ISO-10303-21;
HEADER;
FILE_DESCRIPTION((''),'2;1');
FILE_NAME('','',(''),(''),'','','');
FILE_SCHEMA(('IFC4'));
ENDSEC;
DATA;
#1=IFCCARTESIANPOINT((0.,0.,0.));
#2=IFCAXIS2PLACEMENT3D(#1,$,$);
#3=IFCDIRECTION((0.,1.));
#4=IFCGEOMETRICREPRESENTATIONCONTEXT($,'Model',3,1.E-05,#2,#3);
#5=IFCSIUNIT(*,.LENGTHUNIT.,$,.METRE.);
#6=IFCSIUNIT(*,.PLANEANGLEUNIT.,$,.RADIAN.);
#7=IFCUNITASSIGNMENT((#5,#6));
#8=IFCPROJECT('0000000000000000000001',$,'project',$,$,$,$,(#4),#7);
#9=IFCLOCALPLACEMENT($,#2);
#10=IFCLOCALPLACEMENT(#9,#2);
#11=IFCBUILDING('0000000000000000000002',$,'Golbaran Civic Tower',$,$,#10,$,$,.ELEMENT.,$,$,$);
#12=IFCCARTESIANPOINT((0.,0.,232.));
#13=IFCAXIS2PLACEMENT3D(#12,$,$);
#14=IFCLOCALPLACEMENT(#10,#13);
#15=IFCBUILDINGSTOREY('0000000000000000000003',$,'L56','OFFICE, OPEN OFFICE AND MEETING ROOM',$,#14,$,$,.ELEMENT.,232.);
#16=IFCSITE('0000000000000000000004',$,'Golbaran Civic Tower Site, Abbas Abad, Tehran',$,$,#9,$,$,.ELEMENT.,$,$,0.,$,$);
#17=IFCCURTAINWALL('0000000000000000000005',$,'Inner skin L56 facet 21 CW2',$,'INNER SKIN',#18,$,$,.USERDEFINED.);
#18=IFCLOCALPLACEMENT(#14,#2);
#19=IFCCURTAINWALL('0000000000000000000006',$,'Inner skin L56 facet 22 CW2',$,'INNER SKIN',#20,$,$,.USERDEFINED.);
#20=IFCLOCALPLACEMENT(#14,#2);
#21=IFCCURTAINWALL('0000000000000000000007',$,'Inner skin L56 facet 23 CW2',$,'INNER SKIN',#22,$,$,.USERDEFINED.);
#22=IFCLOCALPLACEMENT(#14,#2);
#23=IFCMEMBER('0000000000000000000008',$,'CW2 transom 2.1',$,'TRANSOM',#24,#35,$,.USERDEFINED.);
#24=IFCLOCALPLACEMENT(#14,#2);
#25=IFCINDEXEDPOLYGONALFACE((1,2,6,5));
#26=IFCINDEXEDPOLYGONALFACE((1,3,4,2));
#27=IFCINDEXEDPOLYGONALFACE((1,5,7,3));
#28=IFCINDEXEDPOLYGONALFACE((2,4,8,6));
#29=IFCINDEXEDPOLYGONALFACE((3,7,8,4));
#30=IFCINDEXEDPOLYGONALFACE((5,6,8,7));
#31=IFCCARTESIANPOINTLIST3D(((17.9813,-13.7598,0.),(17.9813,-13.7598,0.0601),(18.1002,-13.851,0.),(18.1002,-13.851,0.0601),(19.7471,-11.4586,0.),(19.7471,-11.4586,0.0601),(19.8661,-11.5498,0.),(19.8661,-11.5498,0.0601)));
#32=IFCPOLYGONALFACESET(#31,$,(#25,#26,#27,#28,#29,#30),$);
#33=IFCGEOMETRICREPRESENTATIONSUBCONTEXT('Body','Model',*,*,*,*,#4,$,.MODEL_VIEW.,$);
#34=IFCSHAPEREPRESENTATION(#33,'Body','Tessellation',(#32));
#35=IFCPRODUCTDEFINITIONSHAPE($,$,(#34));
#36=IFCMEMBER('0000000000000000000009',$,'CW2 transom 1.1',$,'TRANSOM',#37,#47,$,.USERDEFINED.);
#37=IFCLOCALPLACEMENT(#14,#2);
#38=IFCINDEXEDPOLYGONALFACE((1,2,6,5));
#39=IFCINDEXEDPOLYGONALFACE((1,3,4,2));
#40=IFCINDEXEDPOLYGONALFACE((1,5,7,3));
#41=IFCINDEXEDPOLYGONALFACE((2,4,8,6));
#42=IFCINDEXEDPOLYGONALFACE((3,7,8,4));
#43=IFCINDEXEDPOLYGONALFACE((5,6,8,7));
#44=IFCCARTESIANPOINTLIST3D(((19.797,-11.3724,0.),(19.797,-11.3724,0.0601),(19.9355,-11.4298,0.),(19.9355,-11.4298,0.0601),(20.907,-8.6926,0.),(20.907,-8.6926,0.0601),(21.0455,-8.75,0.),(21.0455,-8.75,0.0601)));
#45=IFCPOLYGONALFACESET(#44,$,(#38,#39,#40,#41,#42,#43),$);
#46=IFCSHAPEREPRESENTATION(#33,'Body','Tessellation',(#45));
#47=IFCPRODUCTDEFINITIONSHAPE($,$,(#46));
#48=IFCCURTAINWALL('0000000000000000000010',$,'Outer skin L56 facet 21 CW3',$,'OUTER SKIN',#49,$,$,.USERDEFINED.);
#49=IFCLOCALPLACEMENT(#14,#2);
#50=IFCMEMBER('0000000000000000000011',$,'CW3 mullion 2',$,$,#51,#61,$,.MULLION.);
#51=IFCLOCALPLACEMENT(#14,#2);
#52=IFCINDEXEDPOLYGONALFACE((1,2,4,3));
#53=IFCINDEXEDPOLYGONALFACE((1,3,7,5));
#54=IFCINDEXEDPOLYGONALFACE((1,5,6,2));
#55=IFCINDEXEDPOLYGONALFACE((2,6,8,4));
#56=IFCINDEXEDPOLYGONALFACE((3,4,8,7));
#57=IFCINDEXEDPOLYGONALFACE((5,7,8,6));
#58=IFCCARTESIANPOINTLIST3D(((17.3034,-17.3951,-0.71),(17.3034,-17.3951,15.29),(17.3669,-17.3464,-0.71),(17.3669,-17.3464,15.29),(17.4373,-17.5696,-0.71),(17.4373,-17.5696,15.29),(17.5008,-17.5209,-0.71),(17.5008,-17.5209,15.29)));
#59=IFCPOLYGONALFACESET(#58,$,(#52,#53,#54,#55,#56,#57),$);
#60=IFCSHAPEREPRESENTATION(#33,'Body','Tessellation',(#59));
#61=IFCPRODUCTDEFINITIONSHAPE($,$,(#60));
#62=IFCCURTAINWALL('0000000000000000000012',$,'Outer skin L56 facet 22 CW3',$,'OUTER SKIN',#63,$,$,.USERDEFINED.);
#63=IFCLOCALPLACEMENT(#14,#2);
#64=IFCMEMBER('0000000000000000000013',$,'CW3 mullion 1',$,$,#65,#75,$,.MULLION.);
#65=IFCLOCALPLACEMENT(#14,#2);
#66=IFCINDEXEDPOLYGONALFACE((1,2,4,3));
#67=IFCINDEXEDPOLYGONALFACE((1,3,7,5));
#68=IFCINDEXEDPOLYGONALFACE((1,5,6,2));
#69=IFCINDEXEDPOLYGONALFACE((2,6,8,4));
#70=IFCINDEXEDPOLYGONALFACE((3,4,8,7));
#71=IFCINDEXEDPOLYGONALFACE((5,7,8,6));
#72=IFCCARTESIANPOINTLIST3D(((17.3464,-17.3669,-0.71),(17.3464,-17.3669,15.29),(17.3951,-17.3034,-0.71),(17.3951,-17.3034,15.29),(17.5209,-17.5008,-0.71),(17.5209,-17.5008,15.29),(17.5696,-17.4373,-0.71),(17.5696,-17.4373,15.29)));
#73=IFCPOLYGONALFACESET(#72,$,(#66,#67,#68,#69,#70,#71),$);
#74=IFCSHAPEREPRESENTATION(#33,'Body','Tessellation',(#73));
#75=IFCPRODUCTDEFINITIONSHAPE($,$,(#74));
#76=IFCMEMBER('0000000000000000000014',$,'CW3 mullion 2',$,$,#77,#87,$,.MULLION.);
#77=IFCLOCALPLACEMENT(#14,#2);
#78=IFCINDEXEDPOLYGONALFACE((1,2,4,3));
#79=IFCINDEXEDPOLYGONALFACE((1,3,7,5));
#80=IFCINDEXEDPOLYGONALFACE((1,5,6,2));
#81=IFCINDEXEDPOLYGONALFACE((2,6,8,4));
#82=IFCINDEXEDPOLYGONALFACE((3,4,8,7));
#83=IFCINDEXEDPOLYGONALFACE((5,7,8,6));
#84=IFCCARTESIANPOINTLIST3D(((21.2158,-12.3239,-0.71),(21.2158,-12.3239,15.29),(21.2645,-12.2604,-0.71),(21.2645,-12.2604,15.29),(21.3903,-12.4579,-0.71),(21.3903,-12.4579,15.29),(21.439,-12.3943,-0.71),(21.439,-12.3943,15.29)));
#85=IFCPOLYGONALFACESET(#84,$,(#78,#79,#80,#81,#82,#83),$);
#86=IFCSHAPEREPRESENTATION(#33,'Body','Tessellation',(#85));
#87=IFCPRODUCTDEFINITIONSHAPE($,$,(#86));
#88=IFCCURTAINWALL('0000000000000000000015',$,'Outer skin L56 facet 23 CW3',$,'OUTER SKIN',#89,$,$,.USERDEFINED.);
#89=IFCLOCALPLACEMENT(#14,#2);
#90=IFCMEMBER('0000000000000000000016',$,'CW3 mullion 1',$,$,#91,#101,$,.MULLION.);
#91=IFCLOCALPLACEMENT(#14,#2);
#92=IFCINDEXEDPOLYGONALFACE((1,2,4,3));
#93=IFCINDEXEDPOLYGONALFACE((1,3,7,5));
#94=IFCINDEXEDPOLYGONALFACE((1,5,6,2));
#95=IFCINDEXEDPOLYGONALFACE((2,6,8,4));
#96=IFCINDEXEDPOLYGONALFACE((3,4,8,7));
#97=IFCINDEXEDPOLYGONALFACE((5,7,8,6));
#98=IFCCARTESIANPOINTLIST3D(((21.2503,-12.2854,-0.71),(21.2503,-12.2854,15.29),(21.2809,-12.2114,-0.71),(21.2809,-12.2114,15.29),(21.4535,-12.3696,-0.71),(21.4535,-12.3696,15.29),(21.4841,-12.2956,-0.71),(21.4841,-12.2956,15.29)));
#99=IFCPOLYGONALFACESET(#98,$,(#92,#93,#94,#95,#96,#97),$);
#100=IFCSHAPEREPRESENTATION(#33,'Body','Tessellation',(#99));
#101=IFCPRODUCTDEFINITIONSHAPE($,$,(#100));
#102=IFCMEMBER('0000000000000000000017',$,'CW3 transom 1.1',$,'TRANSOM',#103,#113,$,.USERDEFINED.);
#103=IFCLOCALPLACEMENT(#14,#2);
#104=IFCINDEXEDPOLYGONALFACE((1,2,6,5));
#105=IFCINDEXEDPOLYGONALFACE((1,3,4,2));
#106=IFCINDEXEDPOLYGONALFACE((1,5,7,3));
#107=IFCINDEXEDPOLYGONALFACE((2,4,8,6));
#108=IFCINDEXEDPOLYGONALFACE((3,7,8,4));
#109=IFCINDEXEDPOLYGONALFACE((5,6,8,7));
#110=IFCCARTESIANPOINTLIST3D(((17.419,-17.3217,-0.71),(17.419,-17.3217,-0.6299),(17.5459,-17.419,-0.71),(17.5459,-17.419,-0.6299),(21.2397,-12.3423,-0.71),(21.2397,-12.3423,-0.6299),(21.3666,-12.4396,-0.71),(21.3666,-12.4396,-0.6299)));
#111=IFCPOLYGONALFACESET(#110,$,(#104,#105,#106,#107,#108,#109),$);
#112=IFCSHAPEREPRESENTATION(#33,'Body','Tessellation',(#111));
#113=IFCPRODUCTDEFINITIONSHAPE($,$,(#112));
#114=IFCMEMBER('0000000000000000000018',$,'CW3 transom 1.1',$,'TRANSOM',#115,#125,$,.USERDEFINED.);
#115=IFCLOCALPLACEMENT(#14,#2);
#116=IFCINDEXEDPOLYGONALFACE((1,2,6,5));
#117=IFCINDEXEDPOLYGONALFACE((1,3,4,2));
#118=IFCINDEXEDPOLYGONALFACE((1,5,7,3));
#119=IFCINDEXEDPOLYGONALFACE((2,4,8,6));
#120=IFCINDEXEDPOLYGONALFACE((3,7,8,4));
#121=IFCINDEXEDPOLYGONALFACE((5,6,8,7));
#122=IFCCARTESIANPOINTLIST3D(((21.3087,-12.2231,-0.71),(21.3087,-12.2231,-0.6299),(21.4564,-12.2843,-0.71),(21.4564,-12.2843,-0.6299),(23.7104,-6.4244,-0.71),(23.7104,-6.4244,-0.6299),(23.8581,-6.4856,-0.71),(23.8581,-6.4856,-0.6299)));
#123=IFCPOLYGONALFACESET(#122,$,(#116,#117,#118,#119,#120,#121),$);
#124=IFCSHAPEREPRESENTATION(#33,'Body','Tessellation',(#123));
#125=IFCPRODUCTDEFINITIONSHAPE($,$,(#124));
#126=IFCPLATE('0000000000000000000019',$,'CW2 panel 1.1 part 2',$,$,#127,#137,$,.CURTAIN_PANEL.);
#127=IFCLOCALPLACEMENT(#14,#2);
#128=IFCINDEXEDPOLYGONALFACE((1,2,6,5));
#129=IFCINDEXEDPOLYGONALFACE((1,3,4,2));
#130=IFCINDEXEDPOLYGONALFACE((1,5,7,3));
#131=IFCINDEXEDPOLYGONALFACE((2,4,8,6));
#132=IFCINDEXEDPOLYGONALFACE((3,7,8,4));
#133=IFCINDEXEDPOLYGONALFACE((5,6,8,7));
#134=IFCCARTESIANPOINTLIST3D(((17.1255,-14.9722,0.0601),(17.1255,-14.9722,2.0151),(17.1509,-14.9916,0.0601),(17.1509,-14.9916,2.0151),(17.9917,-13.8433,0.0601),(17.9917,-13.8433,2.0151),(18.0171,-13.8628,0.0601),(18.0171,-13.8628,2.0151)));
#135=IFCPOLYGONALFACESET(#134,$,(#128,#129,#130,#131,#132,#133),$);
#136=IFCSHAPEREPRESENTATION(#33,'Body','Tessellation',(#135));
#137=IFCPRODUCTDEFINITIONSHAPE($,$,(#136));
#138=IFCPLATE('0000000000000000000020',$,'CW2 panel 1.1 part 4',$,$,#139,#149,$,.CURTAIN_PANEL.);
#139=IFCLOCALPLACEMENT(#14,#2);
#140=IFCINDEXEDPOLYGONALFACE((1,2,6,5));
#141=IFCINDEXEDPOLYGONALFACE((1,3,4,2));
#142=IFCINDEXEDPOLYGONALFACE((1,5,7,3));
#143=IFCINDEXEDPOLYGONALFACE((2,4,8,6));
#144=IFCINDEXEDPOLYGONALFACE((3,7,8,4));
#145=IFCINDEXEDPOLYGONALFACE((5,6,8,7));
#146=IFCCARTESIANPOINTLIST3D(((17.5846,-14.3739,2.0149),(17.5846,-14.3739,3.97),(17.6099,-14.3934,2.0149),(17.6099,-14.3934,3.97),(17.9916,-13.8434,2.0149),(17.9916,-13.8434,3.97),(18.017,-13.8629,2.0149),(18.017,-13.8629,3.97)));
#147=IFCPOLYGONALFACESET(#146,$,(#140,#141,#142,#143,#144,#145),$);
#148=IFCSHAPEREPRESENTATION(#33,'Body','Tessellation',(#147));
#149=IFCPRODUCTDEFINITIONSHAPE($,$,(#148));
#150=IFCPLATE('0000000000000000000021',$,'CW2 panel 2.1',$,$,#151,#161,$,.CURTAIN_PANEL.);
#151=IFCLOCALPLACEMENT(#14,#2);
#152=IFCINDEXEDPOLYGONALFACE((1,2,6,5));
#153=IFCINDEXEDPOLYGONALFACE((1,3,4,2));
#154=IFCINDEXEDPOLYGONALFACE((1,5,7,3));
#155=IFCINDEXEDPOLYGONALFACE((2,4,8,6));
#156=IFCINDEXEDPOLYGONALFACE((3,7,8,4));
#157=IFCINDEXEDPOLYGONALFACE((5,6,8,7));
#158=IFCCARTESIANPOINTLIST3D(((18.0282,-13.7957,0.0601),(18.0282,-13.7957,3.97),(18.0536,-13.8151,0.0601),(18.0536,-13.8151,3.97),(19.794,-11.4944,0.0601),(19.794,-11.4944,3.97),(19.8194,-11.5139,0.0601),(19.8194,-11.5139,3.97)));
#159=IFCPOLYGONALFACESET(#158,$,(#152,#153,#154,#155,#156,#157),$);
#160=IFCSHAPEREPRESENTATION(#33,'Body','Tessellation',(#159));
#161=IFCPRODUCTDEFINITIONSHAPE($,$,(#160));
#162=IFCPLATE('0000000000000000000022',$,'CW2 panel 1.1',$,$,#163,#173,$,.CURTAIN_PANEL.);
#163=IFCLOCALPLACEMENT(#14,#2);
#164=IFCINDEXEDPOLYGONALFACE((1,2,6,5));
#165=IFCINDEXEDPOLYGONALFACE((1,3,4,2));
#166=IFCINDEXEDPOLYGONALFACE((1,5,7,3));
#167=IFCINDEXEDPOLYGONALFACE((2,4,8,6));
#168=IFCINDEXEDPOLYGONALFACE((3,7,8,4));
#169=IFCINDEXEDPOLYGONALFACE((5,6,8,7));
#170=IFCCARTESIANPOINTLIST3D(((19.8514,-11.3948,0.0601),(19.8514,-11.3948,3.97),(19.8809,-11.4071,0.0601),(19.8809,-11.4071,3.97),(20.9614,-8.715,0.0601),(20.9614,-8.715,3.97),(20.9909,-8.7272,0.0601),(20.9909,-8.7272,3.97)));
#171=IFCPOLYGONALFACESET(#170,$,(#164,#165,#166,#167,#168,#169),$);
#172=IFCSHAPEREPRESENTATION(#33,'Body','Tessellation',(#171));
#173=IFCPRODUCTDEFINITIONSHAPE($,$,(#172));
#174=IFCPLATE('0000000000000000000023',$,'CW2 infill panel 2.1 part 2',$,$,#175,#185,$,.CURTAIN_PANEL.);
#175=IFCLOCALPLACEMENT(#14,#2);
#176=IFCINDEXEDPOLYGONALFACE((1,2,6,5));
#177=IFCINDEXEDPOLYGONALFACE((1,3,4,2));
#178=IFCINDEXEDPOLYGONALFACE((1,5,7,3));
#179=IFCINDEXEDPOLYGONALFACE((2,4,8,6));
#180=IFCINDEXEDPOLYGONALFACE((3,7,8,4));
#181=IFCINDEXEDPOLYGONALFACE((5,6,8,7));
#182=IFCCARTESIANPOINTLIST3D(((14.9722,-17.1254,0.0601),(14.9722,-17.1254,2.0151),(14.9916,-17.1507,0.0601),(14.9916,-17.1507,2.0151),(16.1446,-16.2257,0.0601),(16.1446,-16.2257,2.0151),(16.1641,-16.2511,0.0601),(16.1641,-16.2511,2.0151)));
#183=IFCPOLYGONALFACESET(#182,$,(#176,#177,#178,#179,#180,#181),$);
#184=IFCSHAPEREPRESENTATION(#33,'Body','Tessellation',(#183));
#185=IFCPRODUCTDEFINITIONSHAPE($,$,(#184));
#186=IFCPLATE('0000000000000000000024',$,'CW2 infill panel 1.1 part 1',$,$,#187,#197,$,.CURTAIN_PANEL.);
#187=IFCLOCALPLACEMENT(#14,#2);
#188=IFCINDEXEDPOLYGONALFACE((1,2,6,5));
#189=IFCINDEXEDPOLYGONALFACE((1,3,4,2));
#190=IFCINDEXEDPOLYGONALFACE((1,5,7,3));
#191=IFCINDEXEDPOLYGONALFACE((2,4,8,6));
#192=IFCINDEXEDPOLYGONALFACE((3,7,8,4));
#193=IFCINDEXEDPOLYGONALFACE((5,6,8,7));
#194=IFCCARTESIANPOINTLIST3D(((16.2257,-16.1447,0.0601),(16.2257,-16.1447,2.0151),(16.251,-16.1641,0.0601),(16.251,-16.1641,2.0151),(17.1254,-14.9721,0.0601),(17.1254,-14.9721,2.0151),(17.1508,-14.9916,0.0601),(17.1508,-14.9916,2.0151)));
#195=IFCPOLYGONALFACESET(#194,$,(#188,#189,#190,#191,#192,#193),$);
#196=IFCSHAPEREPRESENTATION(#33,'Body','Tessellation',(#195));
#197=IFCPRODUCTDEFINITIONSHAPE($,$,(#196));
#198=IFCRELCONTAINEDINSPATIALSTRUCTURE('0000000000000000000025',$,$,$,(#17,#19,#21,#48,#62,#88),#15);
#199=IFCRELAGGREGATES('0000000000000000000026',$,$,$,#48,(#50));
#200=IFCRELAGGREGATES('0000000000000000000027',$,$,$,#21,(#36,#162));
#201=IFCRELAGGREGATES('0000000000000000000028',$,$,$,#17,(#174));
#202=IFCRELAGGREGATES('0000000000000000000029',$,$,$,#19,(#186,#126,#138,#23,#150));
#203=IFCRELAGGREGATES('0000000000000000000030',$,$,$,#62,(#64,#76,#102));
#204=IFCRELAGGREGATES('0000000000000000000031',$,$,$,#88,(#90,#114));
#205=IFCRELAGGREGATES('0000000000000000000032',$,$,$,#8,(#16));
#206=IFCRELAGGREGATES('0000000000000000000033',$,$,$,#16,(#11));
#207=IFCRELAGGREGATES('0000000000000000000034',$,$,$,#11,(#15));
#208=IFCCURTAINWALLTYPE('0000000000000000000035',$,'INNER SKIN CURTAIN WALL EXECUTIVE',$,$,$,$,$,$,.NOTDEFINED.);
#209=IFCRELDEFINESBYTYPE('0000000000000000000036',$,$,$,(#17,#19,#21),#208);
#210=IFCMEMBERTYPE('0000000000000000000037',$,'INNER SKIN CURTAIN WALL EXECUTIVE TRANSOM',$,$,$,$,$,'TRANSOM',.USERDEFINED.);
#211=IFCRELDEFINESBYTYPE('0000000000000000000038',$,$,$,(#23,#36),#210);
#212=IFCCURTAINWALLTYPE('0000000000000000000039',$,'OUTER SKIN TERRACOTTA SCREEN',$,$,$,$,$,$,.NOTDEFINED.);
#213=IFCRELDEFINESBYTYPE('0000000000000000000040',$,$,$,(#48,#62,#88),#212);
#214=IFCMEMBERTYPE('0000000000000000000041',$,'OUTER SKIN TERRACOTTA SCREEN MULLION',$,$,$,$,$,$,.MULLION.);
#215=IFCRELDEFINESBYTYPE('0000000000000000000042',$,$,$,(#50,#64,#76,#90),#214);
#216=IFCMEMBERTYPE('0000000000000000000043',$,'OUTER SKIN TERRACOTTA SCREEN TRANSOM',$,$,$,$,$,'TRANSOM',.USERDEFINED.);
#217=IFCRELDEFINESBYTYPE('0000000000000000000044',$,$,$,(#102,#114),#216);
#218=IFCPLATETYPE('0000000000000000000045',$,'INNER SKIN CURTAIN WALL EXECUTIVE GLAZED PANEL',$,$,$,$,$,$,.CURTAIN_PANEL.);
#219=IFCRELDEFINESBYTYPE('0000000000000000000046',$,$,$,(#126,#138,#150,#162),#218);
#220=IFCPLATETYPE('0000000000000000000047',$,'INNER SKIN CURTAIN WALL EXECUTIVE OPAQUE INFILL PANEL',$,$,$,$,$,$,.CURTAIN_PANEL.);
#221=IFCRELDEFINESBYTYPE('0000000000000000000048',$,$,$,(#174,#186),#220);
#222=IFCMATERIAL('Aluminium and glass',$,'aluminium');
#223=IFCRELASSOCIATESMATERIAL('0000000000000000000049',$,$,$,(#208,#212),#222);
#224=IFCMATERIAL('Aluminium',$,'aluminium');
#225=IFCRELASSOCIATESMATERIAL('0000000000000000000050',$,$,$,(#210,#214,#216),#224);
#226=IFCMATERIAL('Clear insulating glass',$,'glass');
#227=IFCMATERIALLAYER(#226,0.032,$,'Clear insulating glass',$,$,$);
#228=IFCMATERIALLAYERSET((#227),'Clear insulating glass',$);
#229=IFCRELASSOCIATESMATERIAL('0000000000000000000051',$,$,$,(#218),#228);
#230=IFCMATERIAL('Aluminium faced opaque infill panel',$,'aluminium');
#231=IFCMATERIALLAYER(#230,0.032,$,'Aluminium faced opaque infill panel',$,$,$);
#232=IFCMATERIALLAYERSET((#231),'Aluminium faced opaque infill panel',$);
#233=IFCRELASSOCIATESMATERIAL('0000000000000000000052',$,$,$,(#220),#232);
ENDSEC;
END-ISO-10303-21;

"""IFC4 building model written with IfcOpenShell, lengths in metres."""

from ifc_helpers import new_model, si_unit, direction, frame, origin, origin_2d, place, context, subcontext, project, spatial, rectangle, extrude, material, layer, layer_set, material_profile, profile_set, type_object, element, aggregate, save


model = new_model("IFC4")

# Units and contexts
model_context = context("Model", 3, precision=1e-05, world=origin(), true_north=direction((0.0, 1.0)))
body_context = subcontext(model_context, "Body", "Model", "MODEL_VIEW")
ifc_project = project(units=[si_unit("LENGTHUNIT", "METRE"), si_unit("PLANEANGLEUNIT", "RADIAN")], contexts=[model_context])

# Site, building, storey
site_placement = place(None, origin())
site = spatial("IfcSite", under=ifc_project, at=site_placement, Name="Golbaran Civic Tower Site, Abbas Abad, Tehran", CompositionType="ELEMENT", RefElevation=0.0)
building_placement = place(site_placement, origin())
building = spatial("IfcBuilding", under=site, at=building_placement, Name="Golbaran Civic Tower", CompositionType="ELEMENT")
storey_placement = place(building_placement, frame((0.0, 0.0, 232.0)))
storey = spatial("IfcBuildingStorey", under=building, at=storey_placement, Name="L56", Description="OFFICE, OPEN OFFICE AND MEETING ROOM", CompositionType="ELEMENT", Elevation=232.0)

# Curtain wall
ifc_material_1 = material(Name="Aluminium and glass", Category="aluminium")
curtain_wall_type_1 = type_object("IfcCurtainWallType", Name="INNER SKIN CURTAIN WALL EXECUTIVE", PredefinedType="NOTDEFINED", material=ifc_material_1)
curtain_wall_1_placement = place(storey_placement, origin())
curtain_wall_1 = element("IfcCurtainWall", 1, at=curtain_wall_1_placement, inside=storey, type_object=curtain_wall_type_1, Name="Inner skin L56 facet 21 CW2", ObjectType="INNER SKIN", PredefinedType="USERDEFINED")
ifc_material_2 = material(Name="Aluminium", Category="aluminium")

# Curtain wall
curtain_wall_2_placement = place(storey_placement, origin())
curtain_wall_2 = element("IfcCurtainWall", 2, at=curtain_wall_2_placement, inside=storey, type_object=curtain_wall_type_1, Name="Inner skin L56 facet 22 CW2", ObjectType="INNER SKIN", PredefinedType="USERDEFINED")

# Curtain wall
curtain_wall_3_placement = place(storey_placement, origin())
curtain_wall_3 = element("IfcCurtainWall", 3, at=curtain_wall_3_placement, inside=storey, type_object=curtain_wall_type_1, Name="Inner skin L56 facet 23 CW2", ObjectType="INNER SKIN", PredefinedType="USERDEFINED")

# Members
ifc_material_profile_1 = material_profile(ifc_material_2, rectangle(XDim=0.1499, YDim=0.0601, at=origin_2d()), Name="INNER SKIN CURTAIN WALL EXECUTIVE TRANSOM")
ifc_profile_set_1 = profile_set([ifc_material_profile_1], Name="Aluminium")
member_type_1 = type_object("IfcMemberType", Name="INNER SKIN CURTAIN WALL EXECUTIVE TRANSOM", ElementType="TRANSOM", PredefinedType="USERDEFINED", material=ifc_profile_set_1)
member_1_placement = place(storey_placement, frame((18.0408, -13.8054, 0.03), z_axis=(0.608771, 0.793346, 0.0), x_axis=(-0.793346, 0.608771, 0.0)))
member_1 = element("IfcMember", 4, at=member_1_placement, type_object=member_type_1, Name="CW2 transom 2.1", ObjectType="TRANSOM", PredefinedType="USERDEFINED", context=body_context, shape_type="SweptSolid", body=[
    extrude(rectangle(XDim=0.1499, YDim=0.0601, at=origin_2d()), origin(), (0.0, 0.0, 1.0), 2.9006),
])
member_2_placement = place(storey_placement, frame((19.8662, -11.4011, 0.03), z_axis=(0.382696, 0.923874, 0.0), x_axis=(-0.923874, 0.382696, 0.0)))
member_2 = element("IfcMember", 5, at=member_2_placement, type_object=member_type_1, Name="CW2 transom 1.1", ObjectType="TRANSOM", PredefinedType="USERDEFINED", context=body_context, shape_type="SweptSolid", body=[
    extrude(rectangle(XDim=0.1499, YDim=0.0601, at=origin_2d()), origin(), (0.0, 0.0, 1.0), 2.9006),
])

# Curtain wall, member
curtain_wall_type_2 = type_object("IfcCurtainWallType", Name="OUTER SKIN TERRACOTTA SCREEN", PredefinedType="NOTDEFINED", material=ifc_material_1)
curtain_wall_4_placement = place(storey_placement, origin())
curtain_wall_4 = element("IfcCurtainWall", 6, at=curtain_wall_4_placement, inside=storey, type_object=curtain_wall_type_2, Name="Outer skin L56 facet 21 CW3", ObjectType="OUTER SKIN", PredefinedType="USERDEFINED")
ifc_material_profile_2 = material_profile(ifc_material_2, rectangle(XDim=0.22, YDim=0.0801, at=origin_2d()), Name="OUTER SKIN TERRACOTTA SCREEN MULLION")
ifc_profile_set_2 = profile_set([ifc_material_profile_2], Name="Aluminium")
member_type_2 = type_object("IfcMemberType", Name="OUTER SKIN TERRACOTTA SCREEN MULLION", PredefinedType="MULLION", material=ifc_profile_set_2)
member_3_placement = place(storey_placement, frame((17.4021, -17.458, -0.71), z_axis=(0.0, 0.0, 1.0), x_axis=(-0.608761, 0.793353, 0.0)))
member_3 = element("IfcMember", 7, at=member_3_placement, type_object=member_type_2, Name="CW3 mullion 2", PredefinedType="MULLION", context=body_context, shape_type="SweptSolid", body=[
    extrude(rectangle(XDim=0.22, YDim=0.0801, at=origin_2d()), origin(), (0.0, 0.0, 1.0), 16.0),
])
aggregate(curtain_wall_4, [member_3])

# Curtain wall, members
curtain_wall_5_placement = place(storey_placement, origin())
curtain_wall_5 = element("IfcCurtainWall", 8, at=curtain_wall_5_placement, inside=storey, type_object=curtain_wall_type_2, Name="Outer skin L56 facet 22 CW3", ObjectType="OUTER SKIN", PredefinedType="USERDEFINED")
member_4_placement = place(storey_placement, frame((17.458, -17.4021, -0.71), z_axis=(0.0, 0.0, 1.0), x_axis=(-0.793353, 0.608761, 0.0)))
member_4 = element("IfcMember", 9, at=member_4_placement, type_object=member_type_2, Name="CW3 mullion 1", PredefinedType="MULLION", context=body_context, shape_type="SweptSolid", body=[
    extrude(rectangle(XDim=0.22, YDim=0.0801, at=origin_2d()), origin(), (0.0, 0.0, 1.0), 16.0),
])
member_5_placement = place(storey_placement, frame((21.3274, -12.3591, -0.71), z_axis=(0.0, 0.0, 1.0), x_axis=(-0.793353, 0.608761, 0.0)))
member_5 = element("IfcMember", 10, at=member_5_placement, type_object=member_type_2, Name="CW3 mullion 2", PredefinedType="MULLION", context=body_context, shape_type="SweptSolid", body=[
    extrude(rectangle(XDim=0.22, YDim=0.0801, at=origin_2d()), origin(), (0.0, 0.0, 1.0), 16.0),
])

# Curtain wall, member
curtain_wall_6_placement = place(storey_placement, origin())
curtain_wall_6 = element("IfcCurtainWall", 11, at=curtain_wall_6_placement, inside=storey, type_object=curtain_wall_type_2, Name="Outer skin L56 facet 23 CW3", ObjectType="OUTER SKIN", PredefinedType="USERDEFINED")
member_6_placement = place(storey_placement, frame((21.3672, -12.2905, -0.71), z_axis=(0.0, 0.0, 1.0), x_axis=(-0.92388, 0.382683, 0.0)))
member_6 = element("IfcMember", 12, at=member_6_placement, type_object=member_type_2, Name="CW3 mullion 1", PredefinedType="MULLION", context=body_context, shape_type="SweptSolid", body=[
    extrude(rectangle(XDim=0.22, YDim=0.0801, at=origin_2d()), origin(), (0.0, 0.0, 1.0), 16.0),
])

# Members
ifc_material_profile_3 = material_profile(ifc_material_2, rectangle(XDim=0.1599, YDim=0.0801, at=origin_2d()), Name="OUTER SKIN TERRACOTTA SCREEN TRANSOM")
ifc_profile_set_3 = profile_set([ifc_material_profile_3], Name="Aluminium")
member_type_3 = type_object("IfcMemberType", Name="OUTER SKIN TERRACOTTA SCREEN TRANSOM", ElementType="TRANSOM", PredefinedType="USERDEFINED", material=ifc_profile_set_3)
member_7_placement = place(storey_placement, frame((17.4824, -17.3704, -0.6699), z_axis=(0.608752, 0.793361, 0.0), x_axis=(-0.793361, 0.608752, 0.0)))
member_7 = element("IfcMember", 13, at=member_7_placement, type_object=member_type_3, Name="CW3 transom 1.1", ObjectType="TRANSOM", PredefinedType="USERDEFINED", context=body_context, shape_type="SweptSolid", body=[
    extrude(rectangle(XDim=0.1599, YDim=0.0801, at=origin_2d()), origin(), (0.0, 0.0, 1.0), 6.2764),
])
member_8_placement = place(storey_placement, frame((21.3826, -12.2537, -0.6699), z_axis=(0.382651, 0.923893, 0.0), x_axis=(-0.923893, 0.382651, 0.0)))
member_8 = element("IfcMember", 14, at=member_8_placement, type_object=member_type_3, Name="CW3 transom 1.1", ObjectType="TRANSOM", PredefinedType="USERDEFINED", context=body_context, shape_type="SweptSolid", body=[
    extrude(rectangle(XDim=0.1599, YDim=0.0801, at=origin_2d()), origin(), (0.0, 0.0, 1.0), 6.2764),
])

# Plates
ifc_material_3 = material(Name="Clear insulating glass", Category="glass")
ifc_layer_1 = layer(ifc_material_3, 0.032, Name="Clear insulating glass")
ifc_layer_set_1 = layer_set([ifc_layer_1], Name="Clear insulating glass")
plate_type_1 = type_object("IfcPlateType", Name="INNER SKIN CURTAIN WALL EXECUTIVE GLAZED PANEL", PredefinedType="CURTAIN_PANEL", material=ifc_layer_set_1)
plate_1_placement = place(storey_placement, frame((17.5713, -14.4175, 0.0601), z_axis=(0.0, 0.0, 1.0), x_axis=(0.608761, 0.793353, 0.0)))
plate_1 = element("IfcPlate", 15, at=plate_1_placement, type_object=plate_type_1, Name="CW2 panel 1.1 part 2", PredefinedType="CURTAIN_PANEL", context=body_context, shape_type="SweptSolid", body=[
    extrude(rectangle(XDim=1.4229, YDim=0.032, at=origin_2d()), origin(), (0.0, 0.0, 1.0), 1.9551),
])
plate_2_placement = place(storey_placement, frame((17.8008, -14.1184, 2.0149), z_axis=(0.0, 0.0, 1.0), x_axis=(0.608761, 0.793353, 0.0)))
plate_2 = element("IfcPlate", 16, at=plate_2_placement, type_object=plate_type_1, Name="CW2 panel 1.1 part 4", PredefinedType="CURTAIN_PANEL", context=body_context, shape_type="SweptSolid", body=[
    extrude(rectangle(XDim=0.6687, YDim=0.032, at=origin_2d()), origin(), (0.0, 0.0, 1.0), 1.9551),
])
plate_3_placement = place(storey_placement, frame((18.9238, -12.6548, 0.0601), z_axis=(0.0, 0.0, 1.0), x_axis=(0.608761, 0.793353, 0.0)))
plate_3 = element("IfcPlate", 17, at=plate_3_placement, type_object=plate_type_1, Name="CW2 panel 2.1", PredefinedType="CURTAIN_PANEL", context=body_context, shape_type="SweptSolid", body=[
    extrude(rectangle(XDim=2.9006, YDim=0.032, at=origin_2d()), origin(), (0.0, 0.0, 1.0), 3.9099),
])
plate_4_placement = place(storey_placement, frame((20.4211, -10.061, 0.0601), z_axis=(0.0, 0.0, 1.0), x_axis=(0.382683, 0.92388, 0.0)))
plate_4 = element("IfcPlate", 18, at=plate_4_placement, type_object=plate_type_1, Name="CW2 panel 1.1", PredefinedType="CURTAIN_PANEL", context=body_context, shape_type="SweptSolid", body=[
    extrude(rectangle(XDim=2.9006, YDim=0.032, at=origin_2d()), origin(), (0.0, 0.0, 1.0), 3.9099),
])
aggregate(curtain_wall_3, [member_2, plate_4])
ifc_material_4 = material(Name="Aluminium faced opaque infill panel", Category="aluminium")
ifc_layer_2 = layer(ifc_material_4, 0.032, Name="Aluminium faced opaque infill panel")
ifc_layer_set_2 = layer_set([ifc_layer_2], Name="Aluminium faced opaque infill panel")
plate_type_2 = type_object("IfcPlateType", Name="INNER SKIN CURTAIN WALL EXECUTIVE OPAQUE INFILL PANEL", PredefinedType="CURTAIN_PANEL", material=ifc_layer_set_2)
plate_5_placement = place(storey_placement, frame((15.5681, -16.6882, 0.0601), z_axis=(0.0, 0.0, 1.0), x_axis=(0.793353, 0.608761, 0.0)))
plate_5 = element("IfcPlate", 19, at=plate_5_placement, type_object=plate_type_2, Name="CW2 infill panel 2.1 part 2", PredefinedType="CURTAIN_PANEL", context=body_context, shape_type="SweptSolid", body=[
    extrude(rectangle(XDim=1.4778, YDim=0.032, at=origin_2d()), origin(), (0.0, 0.0, 1.0), 1.9551),
])
aggregate(curtain_wall_1, [plate_5])
plate_6_placement = place(storey_placement, frame((16.6882, -15.5681, 0.0601), z_axis=(0.0, 0.0, 1.0), x_axis=(0.608761, 0.793353, 0.0)))
plate_6 = element("IfcPlate", 20, at=plate_6_placement, type_object=plate_type_2, Name="CW2 infill panel 1.1 part 1", PredefinedType="CURTAIN_PANEL", context=body_context, shape_type="SweptSolid", body=[
    extrude(rectangle(XDim=1.478, YDim=0.032, at=origin_2d()), origin(), (0.0, 0.0, 1.0), 1.9551),
])
aggregate(curtain_wall_2, [plate_6, plate_1, plate_2, member_1, plate_3])
aggregate(curtain_wall_5, [member_4, member_5, member_7])
aggregate(curtain_wall_6, [member_6, member_8])

save(model, "model.ifc")
